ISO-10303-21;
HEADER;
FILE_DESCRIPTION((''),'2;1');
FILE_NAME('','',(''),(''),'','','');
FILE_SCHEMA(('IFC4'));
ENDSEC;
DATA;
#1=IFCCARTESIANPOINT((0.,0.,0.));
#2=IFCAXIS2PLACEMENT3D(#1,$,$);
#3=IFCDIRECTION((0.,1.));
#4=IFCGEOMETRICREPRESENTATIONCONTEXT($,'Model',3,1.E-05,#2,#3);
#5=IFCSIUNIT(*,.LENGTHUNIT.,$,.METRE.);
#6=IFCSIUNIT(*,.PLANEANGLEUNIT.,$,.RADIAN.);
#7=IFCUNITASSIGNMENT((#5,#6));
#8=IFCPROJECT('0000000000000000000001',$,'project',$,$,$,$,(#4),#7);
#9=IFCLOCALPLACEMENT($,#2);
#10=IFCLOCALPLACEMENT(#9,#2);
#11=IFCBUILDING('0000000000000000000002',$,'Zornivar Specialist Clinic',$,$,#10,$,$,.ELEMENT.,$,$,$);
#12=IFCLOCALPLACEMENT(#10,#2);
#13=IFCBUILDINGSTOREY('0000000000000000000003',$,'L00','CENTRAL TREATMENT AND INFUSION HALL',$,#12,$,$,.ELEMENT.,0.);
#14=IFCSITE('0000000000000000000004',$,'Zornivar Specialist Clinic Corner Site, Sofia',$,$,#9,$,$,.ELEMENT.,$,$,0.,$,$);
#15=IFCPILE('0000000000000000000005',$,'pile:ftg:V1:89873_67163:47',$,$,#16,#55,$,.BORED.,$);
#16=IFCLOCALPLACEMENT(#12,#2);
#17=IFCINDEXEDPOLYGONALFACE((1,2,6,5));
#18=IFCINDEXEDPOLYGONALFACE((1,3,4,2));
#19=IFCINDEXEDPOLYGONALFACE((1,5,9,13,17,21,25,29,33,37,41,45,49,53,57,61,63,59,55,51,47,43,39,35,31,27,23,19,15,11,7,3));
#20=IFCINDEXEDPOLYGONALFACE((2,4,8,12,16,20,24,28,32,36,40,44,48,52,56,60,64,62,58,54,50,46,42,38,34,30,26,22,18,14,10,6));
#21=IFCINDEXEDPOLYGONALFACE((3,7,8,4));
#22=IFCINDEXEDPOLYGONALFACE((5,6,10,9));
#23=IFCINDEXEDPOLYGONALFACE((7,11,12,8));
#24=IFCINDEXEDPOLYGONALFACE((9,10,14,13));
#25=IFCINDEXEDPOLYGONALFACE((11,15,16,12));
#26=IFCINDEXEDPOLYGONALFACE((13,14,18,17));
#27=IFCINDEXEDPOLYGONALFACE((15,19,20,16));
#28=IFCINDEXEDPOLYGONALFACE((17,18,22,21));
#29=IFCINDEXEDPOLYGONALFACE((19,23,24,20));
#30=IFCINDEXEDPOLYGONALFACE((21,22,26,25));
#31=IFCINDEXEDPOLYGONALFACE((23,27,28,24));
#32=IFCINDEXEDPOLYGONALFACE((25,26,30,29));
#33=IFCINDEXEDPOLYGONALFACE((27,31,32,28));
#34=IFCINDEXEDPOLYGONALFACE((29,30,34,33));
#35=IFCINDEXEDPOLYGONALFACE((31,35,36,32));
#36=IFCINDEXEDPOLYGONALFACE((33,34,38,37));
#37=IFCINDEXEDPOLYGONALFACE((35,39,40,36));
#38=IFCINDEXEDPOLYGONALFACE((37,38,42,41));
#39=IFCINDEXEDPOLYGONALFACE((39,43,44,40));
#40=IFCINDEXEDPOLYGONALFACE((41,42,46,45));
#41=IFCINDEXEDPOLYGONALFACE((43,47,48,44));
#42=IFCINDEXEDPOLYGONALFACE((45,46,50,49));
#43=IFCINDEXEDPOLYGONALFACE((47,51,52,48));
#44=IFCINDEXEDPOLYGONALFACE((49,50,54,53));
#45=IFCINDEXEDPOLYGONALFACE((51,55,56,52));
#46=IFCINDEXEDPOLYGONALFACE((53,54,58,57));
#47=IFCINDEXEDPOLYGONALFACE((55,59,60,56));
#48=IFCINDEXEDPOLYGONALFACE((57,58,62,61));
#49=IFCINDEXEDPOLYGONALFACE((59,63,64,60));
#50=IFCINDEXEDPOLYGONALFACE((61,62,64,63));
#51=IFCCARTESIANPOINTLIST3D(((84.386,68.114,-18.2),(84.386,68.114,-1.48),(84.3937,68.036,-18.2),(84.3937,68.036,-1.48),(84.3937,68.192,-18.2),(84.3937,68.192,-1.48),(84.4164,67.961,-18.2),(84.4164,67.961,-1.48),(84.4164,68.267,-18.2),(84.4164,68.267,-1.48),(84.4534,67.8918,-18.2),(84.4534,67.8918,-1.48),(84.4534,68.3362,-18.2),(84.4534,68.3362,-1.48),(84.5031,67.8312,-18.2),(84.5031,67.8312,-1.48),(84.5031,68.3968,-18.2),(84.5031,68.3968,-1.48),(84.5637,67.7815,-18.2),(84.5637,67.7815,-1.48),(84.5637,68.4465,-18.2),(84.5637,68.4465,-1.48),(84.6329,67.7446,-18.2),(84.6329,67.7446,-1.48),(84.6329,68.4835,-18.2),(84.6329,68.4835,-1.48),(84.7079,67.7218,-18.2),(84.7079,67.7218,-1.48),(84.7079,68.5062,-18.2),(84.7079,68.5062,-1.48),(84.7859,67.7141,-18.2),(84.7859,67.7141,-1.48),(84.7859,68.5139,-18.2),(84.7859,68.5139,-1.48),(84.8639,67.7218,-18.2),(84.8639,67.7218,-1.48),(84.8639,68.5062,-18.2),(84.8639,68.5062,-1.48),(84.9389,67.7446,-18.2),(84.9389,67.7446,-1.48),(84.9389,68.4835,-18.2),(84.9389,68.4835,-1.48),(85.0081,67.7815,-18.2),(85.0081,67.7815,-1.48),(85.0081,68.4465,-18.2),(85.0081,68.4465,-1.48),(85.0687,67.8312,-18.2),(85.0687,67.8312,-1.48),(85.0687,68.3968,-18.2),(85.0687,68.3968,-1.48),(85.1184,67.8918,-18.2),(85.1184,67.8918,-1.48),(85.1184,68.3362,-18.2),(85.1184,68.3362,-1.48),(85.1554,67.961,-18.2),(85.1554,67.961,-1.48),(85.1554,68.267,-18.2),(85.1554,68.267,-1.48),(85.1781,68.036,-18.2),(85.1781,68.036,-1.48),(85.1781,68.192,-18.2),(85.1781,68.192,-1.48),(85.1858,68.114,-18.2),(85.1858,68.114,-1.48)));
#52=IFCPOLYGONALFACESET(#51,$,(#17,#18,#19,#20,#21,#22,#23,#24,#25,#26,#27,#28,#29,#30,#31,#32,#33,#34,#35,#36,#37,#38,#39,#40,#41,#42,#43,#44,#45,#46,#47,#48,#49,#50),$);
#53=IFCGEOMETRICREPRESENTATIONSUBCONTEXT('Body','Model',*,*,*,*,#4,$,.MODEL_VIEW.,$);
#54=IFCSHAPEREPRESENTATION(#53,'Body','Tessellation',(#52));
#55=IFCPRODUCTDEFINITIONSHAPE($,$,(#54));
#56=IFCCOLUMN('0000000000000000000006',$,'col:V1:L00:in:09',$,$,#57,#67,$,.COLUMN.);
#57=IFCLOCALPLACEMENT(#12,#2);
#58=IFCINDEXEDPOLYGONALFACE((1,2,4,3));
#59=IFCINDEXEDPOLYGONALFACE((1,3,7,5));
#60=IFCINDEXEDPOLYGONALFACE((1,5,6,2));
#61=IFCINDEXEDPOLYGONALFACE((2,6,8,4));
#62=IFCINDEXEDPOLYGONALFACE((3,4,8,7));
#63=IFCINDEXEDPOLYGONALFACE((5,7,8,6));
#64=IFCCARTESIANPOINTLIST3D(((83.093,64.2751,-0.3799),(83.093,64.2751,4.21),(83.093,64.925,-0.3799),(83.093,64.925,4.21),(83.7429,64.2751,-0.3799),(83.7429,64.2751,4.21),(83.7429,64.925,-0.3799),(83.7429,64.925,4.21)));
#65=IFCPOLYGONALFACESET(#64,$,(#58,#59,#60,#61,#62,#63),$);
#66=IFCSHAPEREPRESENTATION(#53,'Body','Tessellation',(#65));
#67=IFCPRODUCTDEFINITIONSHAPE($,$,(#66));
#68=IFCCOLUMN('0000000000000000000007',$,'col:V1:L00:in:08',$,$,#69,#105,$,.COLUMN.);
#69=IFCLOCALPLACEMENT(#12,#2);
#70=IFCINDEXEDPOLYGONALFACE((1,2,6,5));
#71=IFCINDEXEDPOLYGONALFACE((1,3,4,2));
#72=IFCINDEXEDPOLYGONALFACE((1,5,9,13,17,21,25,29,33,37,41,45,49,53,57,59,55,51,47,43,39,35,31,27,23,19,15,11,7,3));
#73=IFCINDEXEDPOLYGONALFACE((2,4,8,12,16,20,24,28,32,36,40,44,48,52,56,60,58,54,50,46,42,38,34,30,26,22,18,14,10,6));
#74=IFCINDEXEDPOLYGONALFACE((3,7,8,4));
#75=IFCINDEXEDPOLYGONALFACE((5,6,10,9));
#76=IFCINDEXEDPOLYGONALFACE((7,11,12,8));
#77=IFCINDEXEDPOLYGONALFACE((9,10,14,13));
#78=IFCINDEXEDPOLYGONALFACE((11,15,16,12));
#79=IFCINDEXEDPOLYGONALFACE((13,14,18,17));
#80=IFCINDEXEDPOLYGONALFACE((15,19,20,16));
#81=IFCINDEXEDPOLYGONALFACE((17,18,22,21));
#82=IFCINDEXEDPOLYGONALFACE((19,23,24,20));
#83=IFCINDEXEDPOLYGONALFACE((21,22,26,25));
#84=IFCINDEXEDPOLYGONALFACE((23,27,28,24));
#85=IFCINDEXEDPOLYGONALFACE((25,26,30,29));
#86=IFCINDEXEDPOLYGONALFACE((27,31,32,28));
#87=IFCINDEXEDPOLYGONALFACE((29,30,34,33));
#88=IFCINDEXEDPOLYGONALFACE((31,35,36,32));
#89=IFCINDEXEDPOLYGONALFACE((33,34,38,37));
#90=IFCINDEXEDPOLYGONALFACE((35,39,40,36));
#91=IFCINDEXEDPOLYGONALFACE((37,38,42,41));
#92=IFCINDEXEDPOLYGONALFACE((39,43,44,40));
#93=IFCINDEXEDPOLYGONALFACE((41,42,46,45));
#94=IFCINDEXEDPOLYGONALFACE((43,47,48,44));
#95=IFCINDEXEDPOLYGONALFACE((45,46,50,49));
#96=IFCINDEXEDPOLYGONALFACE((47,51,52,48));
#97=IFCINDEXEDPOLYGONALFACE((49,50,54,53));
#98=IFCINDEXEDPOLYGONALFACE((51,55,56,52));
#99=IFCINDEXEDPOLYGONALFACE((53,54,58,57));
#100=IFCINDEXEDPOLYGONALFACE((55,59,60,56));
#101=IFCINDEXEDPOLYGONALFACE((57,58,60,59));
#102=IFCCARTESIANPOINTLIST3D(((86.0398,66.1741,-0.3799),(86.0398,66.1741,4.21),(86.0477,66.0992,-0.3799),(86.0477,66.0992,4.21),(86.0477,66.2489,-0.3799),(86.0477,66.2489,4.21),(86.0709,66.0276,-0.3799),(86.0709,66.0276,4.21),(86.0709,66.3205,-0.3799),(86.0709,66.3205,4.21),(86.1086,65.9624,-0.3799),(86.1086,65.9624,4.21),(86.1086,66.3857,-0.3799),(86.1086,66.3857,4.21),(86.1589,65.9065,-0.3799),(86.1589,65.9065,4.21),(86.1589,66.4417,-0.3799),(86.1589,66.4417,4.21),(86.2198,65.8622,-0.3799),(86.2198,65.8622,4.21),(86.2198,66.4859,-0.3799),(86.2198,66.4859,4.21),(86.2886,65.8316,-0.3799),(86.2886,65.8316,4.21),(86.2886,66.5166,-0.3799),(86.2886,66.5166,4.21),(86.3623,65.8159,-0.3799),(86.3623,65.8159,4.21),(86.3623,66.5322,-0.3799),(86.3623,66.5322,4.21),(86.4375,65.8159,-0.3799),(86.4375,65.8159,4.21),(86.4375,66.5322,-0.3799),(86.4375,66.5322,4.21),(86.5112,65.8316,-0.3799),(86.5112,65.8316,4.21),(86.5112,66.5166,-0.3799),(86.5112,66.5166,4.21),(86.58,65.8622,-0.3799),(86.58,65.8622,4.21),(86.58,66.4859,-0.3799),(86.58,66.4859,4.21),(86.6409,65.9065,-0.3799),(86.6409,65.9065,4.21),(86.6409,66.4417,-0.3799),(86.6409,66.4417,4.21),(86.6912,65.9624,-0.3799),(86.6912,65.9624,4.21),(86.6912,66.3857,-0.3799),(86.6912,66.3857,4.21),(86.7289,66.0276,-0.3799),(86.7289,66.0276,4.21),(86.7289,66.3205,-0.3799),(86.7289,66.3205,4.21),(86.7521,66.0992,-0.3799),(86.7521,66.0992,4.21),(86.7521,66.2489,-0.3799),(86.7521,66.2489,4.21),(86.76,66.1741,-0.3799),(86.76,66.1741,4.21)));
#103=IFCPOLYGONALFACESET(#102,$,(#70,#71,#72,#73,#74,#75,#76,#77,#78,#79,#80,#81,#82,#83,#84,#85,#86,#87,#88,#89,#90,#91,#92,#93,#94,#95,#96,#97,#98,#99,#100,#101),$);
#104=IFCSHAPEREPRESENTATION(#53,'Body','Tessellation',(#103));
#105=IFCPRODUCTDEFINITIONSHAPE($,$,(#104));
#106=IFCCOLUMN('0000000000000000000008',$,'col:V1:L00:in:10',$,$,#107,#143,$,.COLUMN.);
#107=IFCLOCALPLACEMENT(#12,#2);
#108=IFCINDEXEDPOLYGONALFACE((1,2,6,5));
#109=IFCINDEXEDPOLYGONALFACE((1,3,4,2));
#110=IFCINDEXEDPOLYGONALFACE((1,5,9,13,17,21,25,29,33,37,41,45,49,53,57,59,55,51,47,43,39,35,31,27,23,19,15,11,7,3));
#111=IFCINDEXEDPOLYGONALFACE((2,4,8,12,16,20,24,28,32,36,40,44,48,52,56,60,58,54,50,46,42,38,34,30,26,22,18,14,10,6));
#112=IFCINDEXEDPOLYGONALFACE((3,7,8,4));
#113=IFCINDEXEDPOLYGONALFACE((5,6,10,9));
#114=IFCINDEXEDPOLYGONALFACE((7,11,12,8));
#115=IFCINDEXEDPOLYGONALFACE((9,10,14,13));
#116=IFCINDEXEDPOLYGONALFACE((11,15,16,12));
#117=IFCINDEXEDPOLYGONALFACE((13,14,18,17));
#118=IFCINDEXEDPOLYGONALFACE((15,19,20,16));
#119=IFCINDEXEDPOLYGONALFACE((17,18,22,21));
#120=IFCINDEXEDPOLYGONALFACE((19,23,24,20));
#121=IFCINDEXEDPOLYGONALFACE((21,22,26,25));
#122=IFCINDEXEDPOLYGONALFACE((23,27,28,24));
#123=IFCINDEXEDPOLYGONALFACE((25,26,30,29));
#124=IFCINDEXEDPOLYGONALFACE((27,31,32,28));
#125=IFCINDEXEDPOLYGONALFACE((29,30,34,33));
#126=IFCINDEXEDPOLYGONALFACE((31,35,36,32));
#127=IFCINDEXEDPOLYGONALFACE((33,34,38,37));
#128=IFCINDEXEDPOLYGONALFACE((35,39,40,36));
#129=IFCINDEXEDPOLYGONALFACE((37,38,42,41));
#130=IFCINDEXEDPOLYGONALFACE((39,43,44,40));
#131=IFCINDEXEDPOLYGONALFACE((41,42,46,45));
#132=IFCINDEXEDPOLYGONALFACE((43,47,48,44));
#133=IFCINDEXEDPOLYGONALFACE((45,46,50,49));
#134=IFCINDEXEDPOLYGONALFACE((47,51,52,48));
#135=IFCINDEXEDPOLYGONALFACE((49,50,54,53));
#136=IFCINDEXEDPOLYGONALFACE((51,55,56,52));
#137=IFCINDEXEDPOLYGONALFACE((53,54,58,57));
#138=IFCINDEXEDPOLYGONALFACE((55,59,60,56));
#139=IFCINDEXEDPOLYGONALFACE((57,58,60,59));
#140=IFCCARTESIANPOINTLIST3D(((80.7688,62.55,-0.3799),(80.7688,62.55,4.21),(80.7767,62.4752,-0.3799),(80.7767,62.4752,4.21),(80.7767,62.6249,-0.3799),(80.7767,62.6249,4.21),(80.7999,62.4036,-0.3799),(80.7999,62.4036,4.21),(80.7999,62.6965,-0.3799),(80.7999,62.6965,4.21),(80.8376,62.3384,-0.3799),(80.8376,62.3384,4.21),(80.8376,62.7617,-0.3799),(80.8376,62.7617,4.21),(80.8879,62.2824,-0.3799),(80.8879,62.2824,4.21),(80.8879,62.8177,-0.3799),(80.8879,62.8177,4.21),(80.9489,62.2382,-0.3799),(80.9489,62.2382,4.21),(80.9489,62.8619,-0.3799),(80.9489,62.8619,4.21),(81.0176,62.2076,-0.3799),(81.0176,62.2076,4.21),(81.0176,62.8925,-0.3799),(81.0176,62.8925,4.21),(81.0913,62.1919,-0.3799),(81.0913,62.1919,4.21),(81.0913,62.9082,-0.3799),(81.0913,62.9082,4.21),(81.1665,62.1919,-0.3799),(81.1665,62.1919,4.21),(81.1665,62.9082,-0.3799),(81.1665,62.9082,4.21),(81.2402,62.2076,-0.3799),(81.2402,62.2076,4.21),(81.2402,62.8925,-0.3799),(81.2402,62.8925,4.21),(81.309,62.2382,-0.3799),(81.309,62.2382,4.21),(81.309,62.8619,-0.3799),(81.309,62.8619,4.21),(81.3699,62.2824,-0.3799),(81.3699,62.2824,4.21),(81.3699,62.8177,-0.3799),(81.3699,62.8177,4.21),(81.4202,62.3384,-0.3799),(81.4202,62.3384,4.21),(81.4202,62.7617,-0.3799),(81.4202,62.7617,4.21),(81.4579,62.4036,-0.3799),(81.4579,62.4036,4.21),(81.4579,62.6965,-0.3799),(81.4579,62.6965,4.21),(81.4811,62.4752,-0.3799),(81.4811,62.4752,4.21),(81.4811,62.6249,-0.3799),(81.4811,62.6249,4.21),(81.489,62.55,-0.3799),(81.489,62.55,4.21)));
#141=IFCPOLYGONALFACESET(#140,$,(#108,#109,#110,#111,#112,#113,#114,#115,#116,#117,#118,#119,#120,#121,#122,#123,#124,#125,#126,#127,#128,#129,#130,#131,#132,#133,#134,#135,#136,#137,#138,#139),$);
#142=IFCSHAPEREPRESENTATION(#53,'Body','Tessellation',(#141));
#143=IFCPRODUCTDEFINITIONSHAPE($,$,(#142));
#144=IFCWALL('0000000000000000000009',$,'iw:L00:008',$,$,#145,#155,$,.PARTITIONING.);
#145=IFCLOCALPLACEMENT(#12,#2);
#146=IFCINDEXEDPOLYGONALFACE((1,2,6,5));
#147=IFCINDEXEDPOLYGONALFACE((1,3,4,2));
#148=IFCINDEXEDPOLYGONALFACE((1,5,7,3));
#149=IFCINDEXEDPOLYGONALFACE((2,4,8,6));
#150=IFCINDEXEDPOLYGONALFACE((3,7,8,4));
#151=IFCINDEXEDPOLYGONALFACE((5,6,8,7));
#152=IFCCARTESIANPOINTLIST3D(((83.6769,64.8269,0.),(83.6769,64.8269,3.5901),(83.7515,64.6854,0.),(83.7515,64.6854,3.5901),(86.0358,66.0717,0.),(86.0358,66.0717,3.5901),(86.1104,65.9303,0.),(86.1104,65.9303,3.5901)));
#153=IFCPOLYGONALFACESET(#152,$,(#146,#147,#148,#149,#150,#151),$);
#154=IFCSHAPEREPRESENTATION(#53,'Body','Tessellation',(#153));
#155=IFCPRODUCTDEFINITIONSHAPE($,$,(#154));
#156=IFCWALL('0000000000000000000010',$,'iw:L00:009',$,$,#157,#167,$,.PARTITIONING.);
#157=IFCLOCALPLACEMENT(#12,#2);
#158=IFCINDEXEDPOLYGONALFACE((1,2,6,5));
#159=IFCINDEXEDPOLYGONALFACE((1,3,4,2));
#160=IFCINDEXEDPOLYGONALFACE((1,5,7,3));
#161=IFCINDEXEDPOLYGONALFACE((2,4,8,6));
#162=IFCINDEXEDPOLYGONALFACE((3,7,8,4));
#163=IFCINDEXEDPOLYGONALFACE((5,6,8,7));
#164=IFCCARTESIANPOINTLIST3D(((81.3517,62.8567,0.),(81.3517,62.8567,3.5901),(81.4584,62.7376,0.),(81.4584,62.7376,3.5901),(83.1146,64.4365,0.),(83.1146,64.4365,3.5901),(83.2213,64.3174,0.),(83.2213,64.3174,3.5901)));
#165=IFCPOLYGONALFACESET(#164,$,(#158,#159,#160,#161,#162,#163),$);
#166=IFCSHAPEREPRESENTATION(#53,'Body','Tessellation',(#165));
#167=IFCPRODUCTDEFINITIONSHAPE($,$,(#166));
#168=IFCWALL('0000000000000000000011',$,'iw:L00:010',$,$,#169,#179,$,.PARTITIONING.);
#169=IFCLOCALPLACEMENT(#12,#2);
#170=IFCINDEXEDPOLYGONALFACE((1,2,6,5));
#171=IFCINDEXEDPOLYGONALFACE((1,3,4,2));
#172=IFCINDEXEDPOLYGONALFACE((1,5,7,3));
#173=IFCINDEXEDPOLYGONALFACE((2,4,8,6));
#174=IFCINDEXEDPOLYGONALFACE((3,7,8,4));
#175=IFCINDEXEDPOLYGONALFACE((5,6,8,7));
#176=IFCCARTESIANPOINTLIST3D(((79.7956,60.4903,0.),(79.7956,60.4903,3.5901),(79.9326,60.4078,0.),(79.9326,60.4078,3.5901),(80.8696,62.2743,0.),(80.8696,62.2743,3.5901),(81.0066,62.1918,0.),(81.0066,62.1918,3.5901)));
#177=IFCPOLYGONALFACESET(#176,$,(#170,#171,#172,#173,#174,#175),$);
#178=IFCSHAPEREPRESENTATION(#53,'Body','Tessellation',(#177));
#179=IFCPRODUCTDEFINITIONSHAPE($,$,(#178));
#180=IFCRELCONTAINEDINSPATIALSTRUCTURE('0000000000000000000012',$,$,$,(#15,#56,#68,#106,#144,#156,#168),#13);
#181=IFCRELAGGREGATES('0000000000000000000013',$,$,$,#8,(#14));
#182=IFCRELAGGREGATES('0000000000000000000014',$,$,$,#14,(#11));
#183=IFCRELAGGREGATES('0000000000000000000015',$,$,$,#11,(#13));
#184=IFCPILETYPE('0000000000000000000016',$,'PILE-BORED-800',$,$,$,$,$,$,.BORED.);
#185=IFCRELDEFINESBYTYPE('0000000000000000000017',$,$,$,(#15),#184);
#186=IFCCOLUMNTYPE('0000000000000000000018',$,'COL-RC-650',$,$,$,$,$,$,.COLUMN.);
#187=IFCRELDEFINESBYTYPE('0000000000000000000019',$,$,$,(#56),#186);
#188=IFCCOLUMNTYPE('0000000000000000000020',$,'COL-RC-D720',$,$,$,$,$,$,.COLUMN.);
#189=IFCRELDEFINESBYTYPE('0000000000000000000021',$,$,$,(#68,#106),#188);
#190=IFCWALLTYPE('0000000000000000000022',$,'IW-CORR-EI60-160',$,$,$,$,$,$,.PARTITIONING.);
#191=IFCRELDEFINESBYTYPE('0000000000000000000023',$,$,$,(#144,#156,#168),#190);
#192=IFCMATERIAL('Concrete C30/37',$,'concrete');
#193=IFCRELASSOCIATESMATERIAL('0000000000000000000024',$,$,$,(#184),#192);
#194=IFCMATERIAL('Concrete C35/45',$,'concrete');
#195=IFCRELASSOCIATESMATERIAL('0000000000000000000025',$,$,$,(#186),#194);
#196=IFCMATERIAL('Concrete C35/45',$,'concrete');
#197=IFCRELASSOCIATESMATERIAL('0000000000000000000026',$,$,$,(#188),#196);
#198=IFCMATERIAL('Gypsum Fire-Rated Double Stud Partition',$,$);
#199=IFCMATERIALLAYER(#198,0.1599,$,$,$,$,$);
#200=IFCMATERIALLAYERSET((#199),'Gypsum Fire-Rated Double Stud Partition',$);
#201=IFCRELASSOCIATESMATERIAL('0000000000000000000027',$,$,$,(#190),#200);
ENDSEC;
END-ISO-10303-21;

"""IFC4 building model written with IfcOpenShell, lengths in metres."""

from ifc_helpers import new_model, si_unit, direction, frame, frame_2d, origin, origin_2d, place, context, subcontext, project, spatial, rectangle, circle, extrude, material, layer, layer_set, material_profile, profile_set, type_object, element, save


model = new_model("IFC4")

# Units and contexts
model_context = context("Model", 3, precision=1e-05, world=origin(), true_north=direction((0.0, 1.0)))
body_context = subcontext(model_context, "Body", "Model", "MODEL_VIEW")
ifc_project = project(units=[si_unit("LENGTHUNIT", "METRE"), si_unit("PLANEANGLEUNIT", "RADIAN")], contexts=[model_context])

# Site, building, storey
site_placement = place(None, origin())
site = spatial("IfcSite", under=ifc_project, at=site_placement, Name="Zornivar Specialist Clinic Corner Site, Sofia", CompositionType="ELEMENT", RefElevation=0.0)
building_placement = place(site_placement, origin())
building = spatial("IfcBuilding", under=site, at=building_placement, Name="Zornivar Specialist Clinic", CompositionType="ELEMENT")
storey_placement = place(building_placement, origin())
storey = spatial("IfcBuildingStorey", under=building, at=storey_placement, Name="L00", Description="CENTRAL TREATMENT AND INFUSION HALL", CompositionType="ELEMENT", Elevation=0.0)

# Pile
ifc_material_1 = material(Name="Concrete C30/37", Category="concrete")
ifc_material_profile_1 = material_profile(ifc_material_1, circle(Radius=0.3999, at=origin_2d()), Name="PILE D800")
ifc_profile_set_1 = profile_set([ifc_material_profile_1], Name="Concrete C30/37")
pile_type = type_object("IfcPileType", Name="PILE-BORED-800", PredefinedType="BORED", material=ifc_profile_set_1)
for number, where, z_axis, x_axis, name in (
    (1, (84.7859, 68.114, -1.48), (0.0, 0.0, -1.0), (1.0, 0.0, 0.0), "pile:ftg:V1:89873_67163:47"),
):
    element("IfcPile", number, at=place(storey_placement, frame(where, z_axis=z_axis, x_axis=x_axis)), inside=storey, type_object=pile_type, Name=name, PredefinedType="BORED", context=body_context, shape_type="SweptSolid", body=[
        extrude(circle(Radius=0.3999, at=origin_2d()), origin(), (0.0, 0.0, 1.0), 16.72),
    ])

# Columns
ifc_material_2 = material(Name="Concrete C35/45", Category="concrete")
ifc_material_profile_2 = material_profile(ifc_material_2, rectangle(XDim=0.6499, YDim=0.6499, at=origin_2d()), Name="RC 650x650")
ifc_profile_set_2 = profile_set([ifc_material_profile_2], Name="Concrete C35/45")
column_type_1 = type_object("IfcColumnType", Name="COL-RC-650", PredefinedType="COLUMN", material=ifc_profile_set_2)
column_placement = place(storey_placement, frame((83.418, 64.6001, -0.3799), z_axis=(0.0, 0.0, 1.0), x_axis=(1.0, 0.0, 0.0)))
element("IfcColumn", 2, at=column_placement, inside=storey, type_object=column_type_1, Name="col:V1:L00:in:09", PredefinedType="COLUMN", context=body_context, shape_type="SweptSolid", body=[
    extrude(rectangle(XDim=0.6499, YDim=0.6499, at=origin_2d()), origin(), (0.0, 0.0, 1.0), 4.5898),
])
ifc_material_3 = material(Name="Concrete C35/45", Category="concrete")
ifc_material_profile_3 = material_profile(ifc_material_3, circle(Radius=0.3601, at=origin_2d()), Name="RC D720")
ifc_profile_set_3 = profile_set([ifc_material_profile_3], Name="Concrete C35/45")
column_type_2 = type_object("IfcColumnType", Name="COL-RC-D720", PredefinedType="COLUMN", material=ifc_profile_set_3)
for number, where, z_axis, x_axis, name in (
    (3, (86.3999, 66.1741, -0.3799), (0.0, 0.0, 1.0), (1.0, 0.0, 0.0), "col:V1:L00:in:08"),
    (4, (81.1289, 62.55, -0.3799), (0.0, 0.0, 1.0), (1.0, 0.0, 0.0), "col:V1:L00:in:10"),
):
    element("IfcColumn", number, at=place(storey_placement, frame(where, z_axis=z_axis, x_axis=x_axis)), inside=storey, type_object=column_type_2, Name=name, PredefinedType="COLUMN", context=body_context, shape_type="SweptSolid", body=[
        extrude(circle(Radius=0.3601, at=origin_2d()), origin(), (0.0, 0.0, 1.0), 4.5898),
    ])

# Walls
ifc_material_4 = material(Name="Gypsum Fire-Rated Double Stud Partition")
ifc_layer = layer(ifc_material_4, 0.1599)
ifc_layer_set = layer_set([ifc_layer], Name="Gypsum Fire-Rated Double Stud Partition")
wall_type = type_object("IfcWallType", Name="IW-CORR-EI60-160", PredefinedType="PARTITIONING", material=ifc_layer_set)
wall_1_placement = place(storey_placement, frame((86.073, 66.001, 0.0), z_axis=(0.0, 0.0, 1.0), x_axis=(-0.884399, -0.466731, 0.0)))
element("IfcWall", 5, at=wall_1_placement, inside=storey, type_object=wall_type, Name="iw:L00:008", PredefinedType="PARTITIONING", context=body_context, shape_type="SweptSolid", body=[
    extrude(rectangle(XDim=2.6672, YDim=0.1599, at=frame_2d((1.3335, 0.0))), origin(), (0.0, 0.0, 1.0), 3.5901),
])
wall_2_placement = place(storey_placement, frame((83.168, 64.377, 0.0), z_axis=(0.0, 0.0, 1.0), x_axis=(-0.744723, -0.667373, 0.0)))
element("IfcWall", 6, at=wall_2_placement, inside=storey, type_object=wall_type, Name="iw:L00:009", PredefinedType="PARTITIONING", context=body_context, shape_type="SweptSolid", body=[
    extrude(rectangle(XDim=2.3672, YDim=0.1599, at=frame_2d((1.1836, 0.0))), origin(), (0.0, 0.0, 1.0), 3.5901),
])
wall_3_placement = place(storey_placement, frame((80.938, 62.2329, 0.0), z_axis=(0.0, 0.0, 1.0), x_axis=(-0.515771, -0.856726, 0.0)))
element("IfcWall", 7, at=wall_3_placement, inside=storey, type_object=wall_type, Name="iw:L00:010", PredefinedType="PARTITIONING", context=body_context, shape_type="SweptSolid", body=[
    extrude(rectangle(XDim=2.0823, YDim=0.1599, at=frame_2d((1.041, 0.0))), origin(), (0.0, 0.0, 1.0), 3.5901),
])

save(model, "model.ifc")
